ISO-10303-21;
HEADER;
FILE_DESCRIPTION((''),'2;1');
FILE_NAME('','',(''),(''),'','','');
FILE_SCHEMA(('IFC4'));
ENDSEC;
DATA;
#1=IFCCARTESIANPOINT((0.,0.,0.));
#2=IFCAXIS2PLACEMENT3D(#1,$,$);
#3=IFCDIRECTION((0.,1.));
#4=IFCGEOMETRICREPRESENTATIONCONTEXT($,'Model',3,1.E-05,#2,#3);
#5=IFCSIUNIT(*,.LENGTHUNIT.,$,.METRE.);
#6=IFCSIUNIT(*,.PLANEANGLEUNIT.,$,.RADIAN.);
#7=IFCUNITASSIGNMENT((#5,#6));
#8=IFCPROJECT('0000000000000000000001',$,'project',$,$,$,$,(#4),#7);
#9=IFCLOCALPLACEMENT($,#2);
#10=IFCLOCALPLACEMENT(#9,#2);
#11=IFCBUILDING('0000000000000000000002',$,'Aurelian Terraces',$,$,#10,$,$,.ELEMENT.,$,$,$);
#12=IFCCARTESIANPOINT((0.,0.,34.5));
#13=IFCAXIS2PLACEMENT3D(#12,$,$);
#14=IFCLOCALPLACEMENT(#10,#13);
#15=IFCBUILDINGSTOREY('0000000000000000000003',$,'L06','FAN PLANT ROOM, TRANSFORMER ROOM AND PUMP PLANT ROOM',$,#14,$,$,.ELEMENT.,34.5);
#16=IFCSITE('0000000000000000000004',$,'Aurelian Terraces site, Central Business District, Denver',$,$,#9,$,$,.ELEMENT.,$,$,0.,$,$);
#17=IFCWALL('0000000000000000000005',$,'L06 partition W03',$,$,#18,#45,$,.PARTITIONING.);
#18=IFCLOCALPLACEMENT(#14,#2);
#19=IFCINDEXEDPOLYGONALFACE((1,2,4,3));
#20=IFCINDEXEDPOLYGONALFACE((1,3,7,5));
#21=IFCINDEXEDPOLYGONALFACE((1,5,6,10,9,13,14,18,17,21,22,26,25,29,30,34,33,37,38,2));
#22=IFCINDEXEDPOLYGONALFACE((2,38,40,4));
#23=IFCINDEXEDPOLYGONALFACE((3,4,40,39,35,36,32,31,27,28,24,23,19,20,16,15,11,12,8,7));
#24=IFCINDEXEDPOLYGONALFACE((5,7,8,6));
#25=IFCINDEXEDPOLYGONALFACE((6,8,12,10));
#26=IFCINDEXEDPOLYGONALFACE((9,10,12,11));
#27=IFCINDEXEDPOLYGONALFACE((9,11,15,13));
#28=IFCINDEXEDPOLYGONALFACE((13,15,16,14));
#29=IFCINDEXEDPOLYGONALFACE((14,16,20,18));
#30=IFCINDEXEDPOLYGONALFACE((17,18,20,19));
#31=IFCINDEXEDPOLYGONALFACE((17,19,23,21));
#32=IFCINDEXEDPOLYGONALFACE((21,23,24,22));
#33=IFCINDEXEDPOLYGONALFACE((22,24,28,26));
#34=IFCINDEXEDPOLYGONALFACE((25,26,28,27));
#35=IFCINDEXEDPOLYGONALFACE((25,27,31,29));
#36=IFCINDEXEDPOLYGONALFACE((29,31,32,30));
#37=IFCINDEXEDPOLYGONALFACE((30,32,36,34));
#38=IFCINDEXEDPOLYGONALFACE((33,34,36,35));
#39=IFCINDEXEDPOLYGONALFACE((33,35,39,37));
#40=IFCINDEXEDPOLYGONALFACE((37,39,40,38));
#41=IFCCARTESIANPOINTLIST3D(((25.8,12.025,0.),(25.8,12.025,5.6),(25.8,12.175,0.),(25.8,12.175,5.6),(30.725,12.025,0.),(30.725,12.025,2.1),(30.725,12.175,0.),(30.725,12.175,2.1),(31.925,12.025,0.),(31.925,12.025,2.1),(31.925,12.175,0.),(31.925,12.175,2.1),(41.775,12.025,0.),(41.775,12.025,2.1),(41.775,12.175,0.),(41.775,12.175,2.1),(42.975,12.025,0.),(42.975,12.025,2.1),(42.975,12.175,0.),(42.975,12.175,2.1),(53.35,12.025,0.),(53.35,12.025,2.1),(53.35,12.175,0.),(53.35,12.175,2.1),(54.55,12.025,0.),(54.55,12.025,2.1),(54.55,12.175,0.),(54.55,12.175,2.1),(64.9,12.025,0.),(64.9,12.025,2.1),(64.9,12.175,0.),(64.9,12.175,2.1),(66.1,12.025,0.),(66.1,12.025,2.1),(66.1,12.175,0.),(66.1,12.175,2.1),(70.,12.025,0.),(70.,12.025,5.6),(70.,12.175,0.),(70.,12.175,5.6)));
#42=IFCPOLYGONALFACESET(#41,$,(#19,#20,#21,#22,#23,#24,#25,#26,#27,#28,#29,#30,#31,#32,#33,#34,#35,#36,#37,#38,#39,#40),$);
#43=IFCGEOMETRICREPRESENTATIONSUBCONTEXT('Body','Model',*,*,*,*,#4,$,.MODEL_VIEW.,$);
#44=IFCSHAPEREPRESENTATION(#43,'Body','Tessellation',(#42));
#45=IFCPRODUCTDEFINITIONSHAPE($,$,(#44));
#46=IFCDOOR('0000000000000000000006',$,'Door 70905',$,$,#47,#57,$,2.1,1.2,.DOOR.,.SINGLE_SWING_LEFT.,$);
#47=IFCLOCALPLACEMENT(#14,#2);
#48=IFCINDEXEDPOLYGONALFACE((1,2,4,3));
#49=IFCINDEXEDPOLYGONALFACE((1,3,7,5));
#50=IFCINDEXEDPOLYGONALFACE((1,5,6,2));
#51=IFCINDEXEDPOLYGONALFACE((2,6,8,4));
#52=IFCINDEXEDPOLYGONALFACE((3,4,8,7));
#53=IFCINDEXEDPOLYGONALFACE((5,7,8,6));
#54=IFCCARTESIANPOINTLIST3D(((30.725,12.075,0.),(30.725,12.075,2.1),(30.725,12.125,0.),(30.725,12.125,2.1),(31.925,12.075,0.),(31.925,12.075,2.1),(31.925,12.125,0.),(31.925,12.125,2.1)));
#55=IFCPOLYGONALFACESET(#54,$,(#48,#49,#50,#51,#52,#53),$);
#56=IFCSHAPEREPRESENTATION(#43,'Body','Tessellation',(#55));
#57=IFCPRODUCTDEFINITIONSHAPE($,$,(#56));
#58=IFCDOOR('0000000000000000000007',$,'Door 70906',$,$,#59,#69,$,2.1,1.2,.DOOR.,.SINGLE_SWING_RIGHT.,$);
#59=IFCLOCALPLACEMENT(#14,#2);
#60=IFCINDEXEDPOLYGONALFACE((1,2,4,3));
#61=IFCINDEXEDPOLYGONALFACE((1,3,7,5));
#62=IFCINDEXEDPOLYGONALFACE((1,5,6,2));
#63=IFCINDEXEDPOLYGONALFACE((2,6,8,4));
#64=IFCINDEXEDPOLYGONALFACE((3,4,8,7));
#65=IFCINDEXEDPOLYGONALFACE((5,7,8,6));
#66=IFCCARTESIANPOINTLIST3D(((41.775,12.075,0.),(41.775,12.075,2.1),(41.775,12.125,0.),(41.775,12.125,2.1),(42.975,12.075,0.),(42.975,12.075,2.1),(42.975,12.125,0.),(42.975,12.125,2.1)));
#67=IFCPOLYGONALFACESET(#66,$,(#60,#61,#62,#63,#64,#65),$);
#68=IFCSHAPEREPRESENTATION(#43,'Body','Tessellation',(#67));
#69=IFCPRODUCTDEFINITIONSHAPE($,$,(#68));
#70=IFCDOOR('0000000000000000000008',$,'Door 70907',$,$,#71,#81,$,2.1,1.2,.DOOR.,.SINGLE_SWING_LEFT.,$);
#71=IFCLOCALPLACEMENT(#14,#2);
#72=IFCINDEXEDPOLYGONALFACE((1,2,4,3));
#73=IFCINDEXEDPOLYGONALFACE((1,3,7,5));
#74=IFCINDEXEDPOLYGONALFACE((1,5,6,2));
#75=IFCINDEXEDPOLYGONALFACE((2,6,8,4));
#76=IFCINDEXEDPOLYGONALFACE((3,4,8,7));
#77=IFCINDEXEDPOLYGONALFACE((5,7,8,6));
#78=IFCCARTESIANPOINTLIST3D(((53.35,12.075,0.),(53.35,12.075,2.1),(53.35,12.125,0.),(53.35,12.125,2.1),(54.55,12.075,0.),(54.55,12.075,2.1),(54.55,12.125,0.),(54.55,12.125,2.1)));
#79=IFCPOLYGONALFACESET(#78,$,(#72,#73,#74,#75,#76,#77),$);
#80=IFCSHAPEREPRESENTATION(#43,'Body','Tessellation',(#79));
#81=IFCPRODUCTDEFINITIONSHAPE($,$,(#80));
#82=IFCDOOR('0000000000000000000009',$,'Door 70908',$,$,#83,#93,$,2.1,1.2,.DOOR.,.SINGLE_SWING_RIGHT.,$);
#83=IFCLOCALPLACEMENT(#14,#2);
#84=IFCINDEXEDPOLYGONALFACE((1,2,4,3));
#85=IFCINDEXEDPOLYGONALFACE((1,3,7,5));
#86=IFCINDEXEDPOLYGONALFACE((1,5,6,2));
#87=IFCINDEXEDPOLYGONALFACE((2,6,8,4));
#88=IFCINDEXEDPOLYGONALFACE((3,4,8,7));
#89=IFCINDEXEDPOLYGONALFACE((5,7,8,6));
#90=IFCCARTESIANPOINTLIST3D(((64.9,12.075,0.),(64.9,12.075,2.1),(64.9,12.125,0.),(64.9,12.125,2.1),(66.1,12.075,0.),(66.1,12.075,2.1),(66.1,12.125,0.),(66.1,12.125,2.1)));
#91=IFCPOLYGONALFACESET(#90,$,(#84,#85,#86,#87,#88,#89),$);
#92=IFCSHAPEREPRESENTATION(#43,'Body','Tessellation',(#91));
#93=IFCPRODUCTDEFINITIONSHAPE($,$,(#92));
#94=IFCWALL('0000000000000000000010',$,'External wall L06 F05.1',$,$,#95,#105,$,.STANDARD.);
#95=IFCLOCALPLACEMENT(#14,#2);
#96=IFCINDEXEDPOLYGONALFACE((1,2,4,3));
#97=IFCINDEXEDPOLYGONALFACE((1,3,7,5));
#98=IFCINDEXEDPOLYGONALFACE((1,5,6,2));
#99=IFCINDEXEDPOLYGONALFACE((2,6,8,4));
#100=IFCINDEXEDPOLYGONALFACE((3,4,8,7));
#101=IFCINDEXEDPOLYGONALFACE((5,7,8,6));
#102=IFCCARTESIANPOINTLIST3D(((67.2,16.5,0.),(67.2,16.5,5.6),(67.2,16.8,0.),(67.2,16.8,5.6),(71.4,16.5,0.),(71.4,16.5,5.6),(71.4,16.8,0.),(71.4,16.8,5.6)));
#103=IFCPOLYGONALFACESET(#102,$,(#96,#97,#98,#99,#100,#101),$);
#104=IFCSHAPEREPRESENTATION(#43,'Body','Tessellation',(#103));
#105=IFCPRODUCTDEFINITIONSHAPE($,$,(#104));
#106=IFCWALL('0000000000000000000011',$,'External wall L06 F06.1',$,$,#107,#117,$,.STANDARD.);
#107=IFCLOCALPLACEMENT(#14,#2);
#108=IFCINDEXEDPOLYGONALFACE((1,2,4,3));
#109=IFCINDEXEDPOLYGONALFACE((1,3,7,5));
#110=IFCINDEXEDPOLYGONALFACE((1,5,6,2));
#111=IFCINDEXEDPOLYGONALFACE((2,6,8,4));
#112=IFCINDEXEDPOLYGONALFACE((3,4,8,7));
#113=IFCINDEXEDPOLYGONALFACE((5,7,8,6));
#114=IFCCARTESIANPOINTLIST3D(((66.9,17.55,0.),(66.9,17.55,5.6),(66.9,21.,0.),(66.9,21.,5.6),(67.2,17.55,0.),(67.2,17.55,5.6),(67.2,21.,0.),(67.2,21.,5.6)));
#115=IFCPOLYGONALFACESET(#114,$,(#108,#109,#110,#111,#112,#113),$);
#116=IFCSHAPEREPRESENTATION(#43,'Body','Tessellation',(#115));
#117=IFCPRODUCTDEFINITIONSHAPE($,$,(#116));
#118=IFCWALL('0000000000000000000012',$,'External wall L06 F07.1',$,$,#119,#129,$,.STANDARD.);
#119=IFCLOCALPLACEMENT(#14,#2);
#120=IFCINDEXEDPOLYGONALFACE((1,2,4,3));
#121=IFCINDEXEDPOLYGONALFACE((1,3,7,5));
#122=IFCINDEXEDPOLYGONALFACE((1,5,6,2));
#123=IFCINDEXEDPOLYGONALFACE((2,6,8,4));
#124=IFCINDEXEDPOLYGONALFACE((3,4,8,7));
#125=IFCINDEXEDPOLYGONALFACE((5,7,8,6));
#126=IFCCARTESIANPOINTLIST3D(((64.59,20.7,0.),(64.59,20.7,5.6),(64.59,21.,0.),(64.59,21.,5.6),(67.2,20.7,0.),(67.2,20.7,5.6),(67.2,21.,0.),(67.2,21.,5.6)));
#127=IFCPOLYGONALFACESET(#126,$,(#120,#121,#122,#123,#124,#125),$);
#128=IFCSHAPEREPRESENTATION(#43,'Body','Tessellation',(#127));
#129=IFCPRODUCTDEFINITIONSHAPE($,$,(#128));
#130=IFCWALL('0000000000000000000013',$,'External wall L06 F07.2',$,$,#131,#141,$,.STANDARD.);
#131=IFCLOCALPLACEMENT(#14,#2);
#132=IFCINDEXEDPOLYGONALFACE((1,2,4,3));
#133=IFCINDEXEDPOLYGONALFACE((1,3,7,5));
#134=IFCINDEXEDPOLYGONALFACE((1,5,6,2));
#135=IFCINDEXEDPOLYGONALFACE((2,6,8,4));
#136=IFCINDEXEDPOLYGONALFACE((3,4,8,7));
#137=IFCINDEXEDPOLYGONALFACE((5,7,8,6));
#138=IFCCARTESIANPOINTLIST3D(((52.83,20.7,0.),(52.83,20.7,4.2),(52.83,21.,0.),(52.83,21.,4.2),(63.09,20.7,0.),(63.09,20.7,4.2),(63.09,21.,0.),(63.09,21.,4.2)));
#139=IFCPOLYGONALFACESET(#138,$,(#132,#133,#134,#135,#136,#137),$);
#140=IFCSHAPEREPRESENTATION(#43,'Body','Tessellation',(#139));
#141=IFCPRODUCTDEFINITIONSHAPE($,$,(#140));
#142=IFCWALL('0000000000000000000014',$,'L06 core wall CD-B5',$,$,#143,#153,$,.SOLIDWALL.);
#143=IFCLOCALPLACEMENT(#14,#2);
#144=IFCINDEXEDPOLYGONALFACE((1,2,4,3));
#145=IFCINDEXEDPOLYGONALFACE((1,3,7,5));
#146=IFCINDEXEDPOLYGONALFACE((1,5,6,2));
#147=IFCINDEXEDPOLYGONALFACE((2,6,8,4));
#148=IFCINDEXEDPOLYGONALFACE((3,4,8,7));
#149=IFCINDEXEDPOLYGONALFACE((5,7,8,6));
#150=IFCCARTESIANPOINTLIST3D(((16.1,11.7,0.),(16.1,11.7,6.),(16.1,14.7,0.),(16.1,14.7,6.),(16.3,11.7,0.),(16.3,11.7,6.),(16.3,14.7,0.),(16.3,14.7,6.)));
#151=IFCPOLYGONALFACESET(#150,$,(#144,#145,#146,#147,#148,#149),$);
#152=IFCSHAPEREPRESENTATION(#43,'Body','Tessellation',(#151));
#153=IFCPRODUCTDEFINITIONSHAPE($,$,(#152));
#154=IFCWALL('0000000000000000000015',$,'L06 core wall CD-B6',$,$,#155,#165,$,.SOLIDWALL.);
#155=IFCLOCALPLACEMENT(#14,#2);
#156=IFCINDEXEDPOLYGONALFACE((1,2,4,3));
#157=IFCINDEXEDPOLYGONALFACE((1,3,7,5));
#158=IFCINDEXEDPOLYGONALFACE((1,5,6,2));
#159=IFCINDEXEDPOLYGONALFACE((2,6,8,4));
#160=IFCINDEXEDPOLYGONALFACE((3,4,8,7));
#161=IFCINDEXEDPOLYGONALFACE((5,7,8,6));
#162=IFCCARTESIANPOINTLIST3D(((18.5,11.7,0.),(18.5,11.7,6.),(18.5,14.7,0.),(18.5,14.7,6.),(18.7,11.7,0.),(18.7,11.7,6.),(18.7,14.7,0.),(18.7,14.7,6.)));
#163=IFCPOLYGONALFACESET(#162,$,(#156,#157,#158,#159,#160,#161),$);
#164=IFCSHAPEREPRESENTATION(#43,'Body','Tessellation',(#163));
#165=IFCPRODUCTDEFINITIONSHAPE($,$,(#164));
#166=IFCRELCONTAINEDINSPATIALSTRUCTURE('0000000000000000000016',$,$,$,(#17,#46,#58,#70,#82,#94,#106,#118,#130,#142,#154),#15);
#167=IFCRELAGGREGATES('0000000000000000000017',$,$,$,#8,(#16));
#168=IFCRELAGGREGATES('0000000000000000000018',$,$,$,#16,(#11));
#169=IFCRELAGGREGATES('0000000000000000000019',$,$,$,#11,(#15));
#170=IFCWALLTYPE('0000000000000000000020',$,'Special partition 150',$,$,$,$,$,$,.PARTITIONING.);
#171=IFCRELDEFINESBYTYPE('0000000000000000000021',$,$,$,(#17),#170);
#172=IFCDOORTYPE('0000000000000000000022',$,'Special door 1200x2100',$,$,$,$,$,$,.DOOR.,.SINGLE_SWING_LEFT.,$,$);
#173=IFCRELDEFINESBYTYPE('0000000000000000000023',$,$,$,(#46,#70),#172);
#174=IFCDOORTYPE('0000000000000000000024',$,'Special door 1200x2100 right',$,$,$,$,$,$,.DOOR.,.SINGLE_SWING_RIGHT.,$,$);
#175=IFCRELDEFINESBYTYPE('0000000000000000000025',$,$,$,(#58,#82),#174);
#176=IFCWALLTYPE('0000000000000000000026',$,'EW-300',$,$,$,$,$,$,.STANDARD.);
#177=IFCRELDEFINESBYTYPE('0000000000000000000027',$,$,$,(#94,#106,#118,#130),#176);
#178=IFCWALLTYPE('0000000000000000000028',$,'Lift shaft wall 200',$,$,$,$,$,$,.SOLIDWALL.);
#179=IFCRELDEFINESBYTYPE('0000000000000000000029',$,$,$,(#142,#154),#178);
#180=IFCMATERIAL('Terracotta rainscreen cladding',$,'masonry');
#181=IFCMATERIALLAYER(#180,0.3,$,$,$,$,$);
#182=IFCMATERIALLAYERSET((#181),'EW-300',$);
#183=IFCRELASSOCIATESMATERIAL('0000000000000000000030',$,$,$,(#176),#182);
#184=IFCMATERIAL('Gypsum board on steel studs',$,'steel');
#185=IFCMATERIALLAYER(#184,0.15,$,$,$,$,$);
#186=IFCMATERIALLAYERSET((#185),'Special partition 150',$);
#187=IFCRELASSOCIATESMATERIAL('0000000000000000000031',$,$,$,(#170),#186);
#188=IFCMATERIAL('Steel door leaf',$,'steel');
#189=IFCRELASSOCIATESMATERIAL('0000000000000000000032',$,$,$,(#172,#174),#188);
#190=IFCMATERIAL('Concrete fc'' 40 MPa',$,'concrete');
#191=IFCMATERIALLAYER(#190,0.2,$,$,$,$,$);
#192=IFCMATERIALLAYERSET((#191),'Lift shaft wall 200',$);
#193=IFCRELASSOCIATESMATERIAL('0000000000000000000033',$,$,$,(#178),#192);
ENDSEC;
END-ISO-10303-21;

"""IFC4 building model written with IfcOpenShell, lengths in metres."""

from ifc_helpers import new_model, si_unit, direction, frame, frame_2d, origin, place, context, subcontext, project, spatial, rectangle, extrude, source, transform, mapped, material, layer, layer_set, type_object, element, fill, save


model = new_model("IFC4")

# Units and contexts
model_context = context("Model", 3, precision=1e-05, world=origin(), true_north=direction((0.0, 1.0)))
body_context = subcontext(model_context, "Body", "Model", "MODEL_VIEW")
ifc_project = project(units=[si_unit("LENGTHUNIT", "METRE"), si_unit("PLANEANGLEUNIT", "RADIAN")], contexts=[model_context])

# Site, building, storey
site_placement = place(None, origin())
site = spatial("IfcSite", under=ifc_project, at=site_placement, Name="Aurelian Terraces site, Central Business District, Denver", CompositionType="ELEMENT", RefElevation=0.0)
building_placement = place(site_placement, origin())
building = spatial("IfcBuilding", under=site, at=building_placement, Name="Aurelian Terraces", CompositionType="ELEMENT")
storey_placement = place(building_placement, frame((0.0, 0.0, 34.5)))
storey = spatial("IfcBuildingStorey", under=building, at=storey_placement, Name="L06", Description="FAN PLANT ROOM, TRANSFORMER ROOM AND PUMP PLANT ROOM", CompositionType="ELEMENT", Elevation=34.5)

# Shared definitions
ifc_material_1 = material(Name="Terracotta rainscreen cladding", Category="masonry")
ifc_layer_1 = layer(ifc_material_1, 0.3)
ifc_layer_set_1 = layer_set([ifc_layer_1], Name="EW-300")
wall_type_1 = type_object("IfcWallType", Name="EW-300", PredefinedType="STANDARD", material=ifc_layer_set_1)

# Wall, openings, doors
ifc_material_2 = material(Name="Gypsum board on steel studs", Category="steel")
ifc_layer_2 = layer(ifc_material_2, 0.15)
ifc_layer_set_2 = layer_set([ifc_layer_2], Name="Special partition 150")
wall_type_2 = type_object("IfcWallType", Name="Special partition 150", PredefinedType="PARTITIONING", material=ifc_layer_set_2)
wall_1_placement = place(storey_placement, frame((25.8, 12.1, 0.0), z_axis=(0.0, 0.0, 1.0), x_axis=(1.0, 0.0, 0.0)))
wall_1 = element("IfcWall", 1, at=wall_1_placement, inside=storey, type_object=wall_type_2, Name="L06 partition W03", PredefinedType="PARTITIONING", context=body_context, shape_type="SweptSolid", body=[
    extrude(rectangle(XDim=44.2, YDim=0.15, at=frame_2d((22.1, 0.0))), origin(), (0.0, 0.0, 1.0), 5.6),
])
shared_shape_1 = source(origin(), body_context, "Body", "SweptSolid", [
    extrude(rectangle(XDim=1.2, YDim=2.1, at=frame_2d((0.6, 1.05))), frame((0.0, 0.085, 0.0), z_axis=(0.0, -1.0, 0.0), x_axis=(1.0, 0.0, 0.0)), (0.0, 0.0, 1.0), 0.17),
])
opening_1_placement = place(wall_1_placement, frame((4.925, 0.0, 0.0)))
opening_1 = element("IfcOpeningElement", 2, at=opening_1_placement, cuts=wall_1, PredefinedType="OPENING", context=body_context, shape_type="MappedRepresentation", body=[
    mapped(shared_shape_1, transform((0.0, 0.0, 0.0), scale=1.0)),
])
opening_2_placement = place(wall_1_placement, frame((15.975, 0.0, 0.0)))
opening_2 = element("IfcOpeningElement", 3, at=opening_2_placement, cuts=wall_1, PredefinedType="OPENING", context=body_context, shape_type="MappedRepresentation", body=[
    mapped(shared_shape_1, transform((0.0, 0.0, 0.0), scale=1.0)),
])
opening_3_placement = place(wall_1_placement, frame((27.55, 0.0, 0.0)))
opening_3 = element("IfcOpeningElement", 4, at=opening_3_placement, cuts=wall_1, PredefinedType="OPENING", context=body_context, shape_type="MappedRepresentation", body=[
    mapped(shared_shape_1, transform((0.0, 0.0, 0.0), scale=1.0)),
])
opening_4_placement = place(wall_1_placement, frame((39.1, 0.0, 0.0)))
opening_4 = element("IfcOpeningElement", 5, at=opening_4_placement, cuts=wall_1, PredefinedType="OPENING", context=body_context, shape_type="MappedRepresentation", body=[
    mapped(shared_shape_1, transform((0.0, 0.0, 0.0), scale=1.0)),
])
ifc_material_3 = material(Name="Steel door leaf", Category="steel")
door_type_1 = type_object("IfcDoorType", Name="Special door 1200x2100", OperationType="SINGLE_SWING_LEFT", PredefinedType="DOOR", material=ifc_material_3)
shared_shape_2 = source(origin(), body_context, "Body", "SweptSolid", [
    extrude(rectangle(XDim=1.2, YDim=2.1, at=frame_2d((0.6, 1.05))), frame((0.0, 0.025, 0.0), z_axis=(0.0, -1.0, 0.0), x_axis=(1.0, 0.0, 0.0)), (0.0, 0.0, 1.0), 0.05),
])
door_1_placement = place(opening_1_placement, origin())
door_1 = element("IfcDoor", 6, at=door_1_placement, inside=storey, type_object=door_type_1, Name="Door 70905", OperationType="SINGLE_SWING_LEFT", OverallHeight=2.1, OverallWidth=1.2, PredefinedType="DOOR", context=body_context, shape_type="MappedRepresentation", body=[
    mapped(shared_shape_2, transform((0.0, 0.0, 0.0), scale=1.0)),
])
fill(opening_1, door_1)
door_type_2 = type_object("IfcDoorType", Name="Special door 1200x2100 right", OperationType="SINGLE_SWING_RIGHT", PredefinedType="DOOR", material=ifc_material_3)
door_2_placement = place(opening_2_placement, origin())
door_2 = element("IfcDoor", 7, at=door_2_placement, inside=storey, type_object=door_type_2, Name="Door 70906", OperationType="SINGLE_SWING_RIGHT", OverallHeight=2.1, OverallWidth=1.2, PredefinedType="DOOR", context=body_context, shape_type="MappedRepresentation", body=[
    mapped(shared_shape_2, transform((0.0, 0.0, 0.0), scale=1.0)),
])
fill(opening_2, door_2)
door_3_placement = place(opening_3_placement, origin())
door_3 = element("IfcDoor", 8, at=door_3_placement, inside=storey, type_object=door_type_1, Name="Door 70907", OperationType="SINGLE_SWING_LEFT", OverallHeight=2.1, OverallWidth=1.2, PredefinedType="DOOR", context=body_context, shape_type="MappedRepresentation", body=[
    mapped(shared_shape_2, transform((0.0, 0.0, 0.0), scale=1.0)),
])
fill(opening_3, door_3)
door_4_placement = place(opening_4_placement, origin())
door_4 = element("IfcDoor", 9, at=door_4_placement, inside=storey, type_object=door_type_2, Name="Door 70908", OperationType="SINGLE_SWING_RIGHT", OverallHeight=2.1, OverallWidth=1.2, PredefinedType="DOOR", context=body_context, shape_type="MappedRepresentation", body=[
    mapped(shared_shape_2, transform((0.0, 0.0, 0.0), scale=1.0)),
])
fill(opening_4, door_4)

# Walls
shared_shape_3 = source(origin(), body_context, "Body", "SweptSolid", [
    extrude(rectangle(XDim=4.2, YDim=0.3, at=frame_2d((2.1, 0.0))), origin(), (0.0, 0.0, 1.0), 5.6),
])
wall_2_placement = place(storey_placement, frame((71.4, 16.65, 0.0), z_axis=(0.0, 0.0, 1.0), x_axis=(-1.0, 0.0, 0.0)))
element("IfcWall", 10, at=wall_2_placement, inside=storey, type_object=wall_type_1, Name="External wall L06 F05.1", PredefinedType="STANDARD", context=body_context, shape_type="MappedRepresentation", body=[
    mapped(shared_shape_3, transform((0.0, 0.0, 0.0), scale=1.0)),
])
shared_shape_4 = source(origin(), body_context, "Body", "SweptSolid", [
    extrude(rectangle(XDim=3.45, YDim=0.3, at=frame_2d((1.725, 0.0))), origin(), (0.0, 0.0, 1.0), 5.6),
])
wall_3_placement = place(storey_placement, frame((67.05, 17.55, 0.0), z_axis=(0.0, 0.0, 1.0), x_axis=(0.0, 1.0, 0.0)))
element("IfcWall", 11, at=wall_3_placement, inside=storey, type_object=wall_type_1, Name="External wall L06 F06.1", PredefinedType="STANDARD", context=body_context, shape_type="MappedRepresentation", body=[
    mapped(shared_shape_4, transform((0.0, 0.0, 0.0), scale=1.0)),
])
shared_shape_5 = source(origin(), body_context, "Body", "SweptSolid", [
    extrude(rectangle(XDim=2.61, YDim=0.3, at=frame_2d((1.305, 0.0))), origin(), (0.0, 0.0, 1.0), 5.6),
])
wall_4_placement = place(storey_placement, frame((67.2, 20.85, 0.0), z_axis=(0.0, 0.0, 1.0), x_axis=(-1.0, 0.0, 0.0)))
element("IfcWall", 12, at=wall_4_placement, inside=storey, type_object=wall_type_1, Name="External wall L06 F07.1", PredefinedType="STANDARD", context=body_context, shape_type="MappedRepresentation", body=[
    mapped(shared_shape_5, transform((0.0, 0.0, 0.0), scale=1.0)),
])
shared_shape_6 = source(origin(), body_context, "Body", "SweptSolid", [
    extrude(rectangle(XDim=10.26, YDim=0.3, at=frame_2d((5.13, 0.0))), origin(), (0.0, 0.0, 1.0), 4.2),
])
wall_5_placement = place(storey_placement, frame((63.09, 20.85, 0.0), z_axis=(0.0, 0.0, 1.0), x_axis=(-1.0, 0.0, 0.0)))
element("IfcWall", 13, at=wall_5_placement, inside=storey, type_object=wall_type_1, Name="External wall L06 F07.2", PredefinedType="STANDARD", context=body_context, shape_type="MappedRepresentation", body=[
    mapped(shared_shape_6, transform((0.0, 0.0, 0.0), scale=1.0)),
])
ifc_material_4 = material(Name="Concrete fc' 40 MPa", Category="concrete")
ifc_layer_3 = layer(ifc_material_4, 0.2)
ifc_layer_set_3 = layer_set([ifc_layer_3], Name="Lift shaft wall 200")
wall_type_3 = type_object("IfcWallType", Name="Lift shaft wall 200", PredefinedType="SOLIDWALL", material=ifc_layer_set_3)
shared_shape_7 = source(origin(), body_context, "Body", "SweptSolid", [
    extrude(rectangle(XDim=3.0, YDim=0.2, at=frame_2d((1.5, 0.0))), origin(), (0.0, 0.0, 1.0), 6.0),
])
for number, where, z_axis, x_axis, name in (
    (14, (16.2, 11.7, 0.0), (0.0, 0.0, 1.0), (0.0, 1.0, 0.0), "L06 core wall CD-B5"),
    (15, (18.6, 11.7, 0.0), (0.0, 0.0, 1.0), (0.0, 1.0, 0.0), "L06 core wall CD-B6"),
):
    element("IfcWall", number, at=place(storey_placement, frame(where, z_axis=z_axis, x_axis=x_axis)), inside=storey, type_object=wall_type_3, Name=name, PredefinedType="SOLIDWALL", context=body_context, shape_type="MappedRepresentation", body=[
        mapped(shared_shape_7, transform((0.0, 0.0, 0.0), scale=1.0)),
    ])

save(model, "model.ifc")
